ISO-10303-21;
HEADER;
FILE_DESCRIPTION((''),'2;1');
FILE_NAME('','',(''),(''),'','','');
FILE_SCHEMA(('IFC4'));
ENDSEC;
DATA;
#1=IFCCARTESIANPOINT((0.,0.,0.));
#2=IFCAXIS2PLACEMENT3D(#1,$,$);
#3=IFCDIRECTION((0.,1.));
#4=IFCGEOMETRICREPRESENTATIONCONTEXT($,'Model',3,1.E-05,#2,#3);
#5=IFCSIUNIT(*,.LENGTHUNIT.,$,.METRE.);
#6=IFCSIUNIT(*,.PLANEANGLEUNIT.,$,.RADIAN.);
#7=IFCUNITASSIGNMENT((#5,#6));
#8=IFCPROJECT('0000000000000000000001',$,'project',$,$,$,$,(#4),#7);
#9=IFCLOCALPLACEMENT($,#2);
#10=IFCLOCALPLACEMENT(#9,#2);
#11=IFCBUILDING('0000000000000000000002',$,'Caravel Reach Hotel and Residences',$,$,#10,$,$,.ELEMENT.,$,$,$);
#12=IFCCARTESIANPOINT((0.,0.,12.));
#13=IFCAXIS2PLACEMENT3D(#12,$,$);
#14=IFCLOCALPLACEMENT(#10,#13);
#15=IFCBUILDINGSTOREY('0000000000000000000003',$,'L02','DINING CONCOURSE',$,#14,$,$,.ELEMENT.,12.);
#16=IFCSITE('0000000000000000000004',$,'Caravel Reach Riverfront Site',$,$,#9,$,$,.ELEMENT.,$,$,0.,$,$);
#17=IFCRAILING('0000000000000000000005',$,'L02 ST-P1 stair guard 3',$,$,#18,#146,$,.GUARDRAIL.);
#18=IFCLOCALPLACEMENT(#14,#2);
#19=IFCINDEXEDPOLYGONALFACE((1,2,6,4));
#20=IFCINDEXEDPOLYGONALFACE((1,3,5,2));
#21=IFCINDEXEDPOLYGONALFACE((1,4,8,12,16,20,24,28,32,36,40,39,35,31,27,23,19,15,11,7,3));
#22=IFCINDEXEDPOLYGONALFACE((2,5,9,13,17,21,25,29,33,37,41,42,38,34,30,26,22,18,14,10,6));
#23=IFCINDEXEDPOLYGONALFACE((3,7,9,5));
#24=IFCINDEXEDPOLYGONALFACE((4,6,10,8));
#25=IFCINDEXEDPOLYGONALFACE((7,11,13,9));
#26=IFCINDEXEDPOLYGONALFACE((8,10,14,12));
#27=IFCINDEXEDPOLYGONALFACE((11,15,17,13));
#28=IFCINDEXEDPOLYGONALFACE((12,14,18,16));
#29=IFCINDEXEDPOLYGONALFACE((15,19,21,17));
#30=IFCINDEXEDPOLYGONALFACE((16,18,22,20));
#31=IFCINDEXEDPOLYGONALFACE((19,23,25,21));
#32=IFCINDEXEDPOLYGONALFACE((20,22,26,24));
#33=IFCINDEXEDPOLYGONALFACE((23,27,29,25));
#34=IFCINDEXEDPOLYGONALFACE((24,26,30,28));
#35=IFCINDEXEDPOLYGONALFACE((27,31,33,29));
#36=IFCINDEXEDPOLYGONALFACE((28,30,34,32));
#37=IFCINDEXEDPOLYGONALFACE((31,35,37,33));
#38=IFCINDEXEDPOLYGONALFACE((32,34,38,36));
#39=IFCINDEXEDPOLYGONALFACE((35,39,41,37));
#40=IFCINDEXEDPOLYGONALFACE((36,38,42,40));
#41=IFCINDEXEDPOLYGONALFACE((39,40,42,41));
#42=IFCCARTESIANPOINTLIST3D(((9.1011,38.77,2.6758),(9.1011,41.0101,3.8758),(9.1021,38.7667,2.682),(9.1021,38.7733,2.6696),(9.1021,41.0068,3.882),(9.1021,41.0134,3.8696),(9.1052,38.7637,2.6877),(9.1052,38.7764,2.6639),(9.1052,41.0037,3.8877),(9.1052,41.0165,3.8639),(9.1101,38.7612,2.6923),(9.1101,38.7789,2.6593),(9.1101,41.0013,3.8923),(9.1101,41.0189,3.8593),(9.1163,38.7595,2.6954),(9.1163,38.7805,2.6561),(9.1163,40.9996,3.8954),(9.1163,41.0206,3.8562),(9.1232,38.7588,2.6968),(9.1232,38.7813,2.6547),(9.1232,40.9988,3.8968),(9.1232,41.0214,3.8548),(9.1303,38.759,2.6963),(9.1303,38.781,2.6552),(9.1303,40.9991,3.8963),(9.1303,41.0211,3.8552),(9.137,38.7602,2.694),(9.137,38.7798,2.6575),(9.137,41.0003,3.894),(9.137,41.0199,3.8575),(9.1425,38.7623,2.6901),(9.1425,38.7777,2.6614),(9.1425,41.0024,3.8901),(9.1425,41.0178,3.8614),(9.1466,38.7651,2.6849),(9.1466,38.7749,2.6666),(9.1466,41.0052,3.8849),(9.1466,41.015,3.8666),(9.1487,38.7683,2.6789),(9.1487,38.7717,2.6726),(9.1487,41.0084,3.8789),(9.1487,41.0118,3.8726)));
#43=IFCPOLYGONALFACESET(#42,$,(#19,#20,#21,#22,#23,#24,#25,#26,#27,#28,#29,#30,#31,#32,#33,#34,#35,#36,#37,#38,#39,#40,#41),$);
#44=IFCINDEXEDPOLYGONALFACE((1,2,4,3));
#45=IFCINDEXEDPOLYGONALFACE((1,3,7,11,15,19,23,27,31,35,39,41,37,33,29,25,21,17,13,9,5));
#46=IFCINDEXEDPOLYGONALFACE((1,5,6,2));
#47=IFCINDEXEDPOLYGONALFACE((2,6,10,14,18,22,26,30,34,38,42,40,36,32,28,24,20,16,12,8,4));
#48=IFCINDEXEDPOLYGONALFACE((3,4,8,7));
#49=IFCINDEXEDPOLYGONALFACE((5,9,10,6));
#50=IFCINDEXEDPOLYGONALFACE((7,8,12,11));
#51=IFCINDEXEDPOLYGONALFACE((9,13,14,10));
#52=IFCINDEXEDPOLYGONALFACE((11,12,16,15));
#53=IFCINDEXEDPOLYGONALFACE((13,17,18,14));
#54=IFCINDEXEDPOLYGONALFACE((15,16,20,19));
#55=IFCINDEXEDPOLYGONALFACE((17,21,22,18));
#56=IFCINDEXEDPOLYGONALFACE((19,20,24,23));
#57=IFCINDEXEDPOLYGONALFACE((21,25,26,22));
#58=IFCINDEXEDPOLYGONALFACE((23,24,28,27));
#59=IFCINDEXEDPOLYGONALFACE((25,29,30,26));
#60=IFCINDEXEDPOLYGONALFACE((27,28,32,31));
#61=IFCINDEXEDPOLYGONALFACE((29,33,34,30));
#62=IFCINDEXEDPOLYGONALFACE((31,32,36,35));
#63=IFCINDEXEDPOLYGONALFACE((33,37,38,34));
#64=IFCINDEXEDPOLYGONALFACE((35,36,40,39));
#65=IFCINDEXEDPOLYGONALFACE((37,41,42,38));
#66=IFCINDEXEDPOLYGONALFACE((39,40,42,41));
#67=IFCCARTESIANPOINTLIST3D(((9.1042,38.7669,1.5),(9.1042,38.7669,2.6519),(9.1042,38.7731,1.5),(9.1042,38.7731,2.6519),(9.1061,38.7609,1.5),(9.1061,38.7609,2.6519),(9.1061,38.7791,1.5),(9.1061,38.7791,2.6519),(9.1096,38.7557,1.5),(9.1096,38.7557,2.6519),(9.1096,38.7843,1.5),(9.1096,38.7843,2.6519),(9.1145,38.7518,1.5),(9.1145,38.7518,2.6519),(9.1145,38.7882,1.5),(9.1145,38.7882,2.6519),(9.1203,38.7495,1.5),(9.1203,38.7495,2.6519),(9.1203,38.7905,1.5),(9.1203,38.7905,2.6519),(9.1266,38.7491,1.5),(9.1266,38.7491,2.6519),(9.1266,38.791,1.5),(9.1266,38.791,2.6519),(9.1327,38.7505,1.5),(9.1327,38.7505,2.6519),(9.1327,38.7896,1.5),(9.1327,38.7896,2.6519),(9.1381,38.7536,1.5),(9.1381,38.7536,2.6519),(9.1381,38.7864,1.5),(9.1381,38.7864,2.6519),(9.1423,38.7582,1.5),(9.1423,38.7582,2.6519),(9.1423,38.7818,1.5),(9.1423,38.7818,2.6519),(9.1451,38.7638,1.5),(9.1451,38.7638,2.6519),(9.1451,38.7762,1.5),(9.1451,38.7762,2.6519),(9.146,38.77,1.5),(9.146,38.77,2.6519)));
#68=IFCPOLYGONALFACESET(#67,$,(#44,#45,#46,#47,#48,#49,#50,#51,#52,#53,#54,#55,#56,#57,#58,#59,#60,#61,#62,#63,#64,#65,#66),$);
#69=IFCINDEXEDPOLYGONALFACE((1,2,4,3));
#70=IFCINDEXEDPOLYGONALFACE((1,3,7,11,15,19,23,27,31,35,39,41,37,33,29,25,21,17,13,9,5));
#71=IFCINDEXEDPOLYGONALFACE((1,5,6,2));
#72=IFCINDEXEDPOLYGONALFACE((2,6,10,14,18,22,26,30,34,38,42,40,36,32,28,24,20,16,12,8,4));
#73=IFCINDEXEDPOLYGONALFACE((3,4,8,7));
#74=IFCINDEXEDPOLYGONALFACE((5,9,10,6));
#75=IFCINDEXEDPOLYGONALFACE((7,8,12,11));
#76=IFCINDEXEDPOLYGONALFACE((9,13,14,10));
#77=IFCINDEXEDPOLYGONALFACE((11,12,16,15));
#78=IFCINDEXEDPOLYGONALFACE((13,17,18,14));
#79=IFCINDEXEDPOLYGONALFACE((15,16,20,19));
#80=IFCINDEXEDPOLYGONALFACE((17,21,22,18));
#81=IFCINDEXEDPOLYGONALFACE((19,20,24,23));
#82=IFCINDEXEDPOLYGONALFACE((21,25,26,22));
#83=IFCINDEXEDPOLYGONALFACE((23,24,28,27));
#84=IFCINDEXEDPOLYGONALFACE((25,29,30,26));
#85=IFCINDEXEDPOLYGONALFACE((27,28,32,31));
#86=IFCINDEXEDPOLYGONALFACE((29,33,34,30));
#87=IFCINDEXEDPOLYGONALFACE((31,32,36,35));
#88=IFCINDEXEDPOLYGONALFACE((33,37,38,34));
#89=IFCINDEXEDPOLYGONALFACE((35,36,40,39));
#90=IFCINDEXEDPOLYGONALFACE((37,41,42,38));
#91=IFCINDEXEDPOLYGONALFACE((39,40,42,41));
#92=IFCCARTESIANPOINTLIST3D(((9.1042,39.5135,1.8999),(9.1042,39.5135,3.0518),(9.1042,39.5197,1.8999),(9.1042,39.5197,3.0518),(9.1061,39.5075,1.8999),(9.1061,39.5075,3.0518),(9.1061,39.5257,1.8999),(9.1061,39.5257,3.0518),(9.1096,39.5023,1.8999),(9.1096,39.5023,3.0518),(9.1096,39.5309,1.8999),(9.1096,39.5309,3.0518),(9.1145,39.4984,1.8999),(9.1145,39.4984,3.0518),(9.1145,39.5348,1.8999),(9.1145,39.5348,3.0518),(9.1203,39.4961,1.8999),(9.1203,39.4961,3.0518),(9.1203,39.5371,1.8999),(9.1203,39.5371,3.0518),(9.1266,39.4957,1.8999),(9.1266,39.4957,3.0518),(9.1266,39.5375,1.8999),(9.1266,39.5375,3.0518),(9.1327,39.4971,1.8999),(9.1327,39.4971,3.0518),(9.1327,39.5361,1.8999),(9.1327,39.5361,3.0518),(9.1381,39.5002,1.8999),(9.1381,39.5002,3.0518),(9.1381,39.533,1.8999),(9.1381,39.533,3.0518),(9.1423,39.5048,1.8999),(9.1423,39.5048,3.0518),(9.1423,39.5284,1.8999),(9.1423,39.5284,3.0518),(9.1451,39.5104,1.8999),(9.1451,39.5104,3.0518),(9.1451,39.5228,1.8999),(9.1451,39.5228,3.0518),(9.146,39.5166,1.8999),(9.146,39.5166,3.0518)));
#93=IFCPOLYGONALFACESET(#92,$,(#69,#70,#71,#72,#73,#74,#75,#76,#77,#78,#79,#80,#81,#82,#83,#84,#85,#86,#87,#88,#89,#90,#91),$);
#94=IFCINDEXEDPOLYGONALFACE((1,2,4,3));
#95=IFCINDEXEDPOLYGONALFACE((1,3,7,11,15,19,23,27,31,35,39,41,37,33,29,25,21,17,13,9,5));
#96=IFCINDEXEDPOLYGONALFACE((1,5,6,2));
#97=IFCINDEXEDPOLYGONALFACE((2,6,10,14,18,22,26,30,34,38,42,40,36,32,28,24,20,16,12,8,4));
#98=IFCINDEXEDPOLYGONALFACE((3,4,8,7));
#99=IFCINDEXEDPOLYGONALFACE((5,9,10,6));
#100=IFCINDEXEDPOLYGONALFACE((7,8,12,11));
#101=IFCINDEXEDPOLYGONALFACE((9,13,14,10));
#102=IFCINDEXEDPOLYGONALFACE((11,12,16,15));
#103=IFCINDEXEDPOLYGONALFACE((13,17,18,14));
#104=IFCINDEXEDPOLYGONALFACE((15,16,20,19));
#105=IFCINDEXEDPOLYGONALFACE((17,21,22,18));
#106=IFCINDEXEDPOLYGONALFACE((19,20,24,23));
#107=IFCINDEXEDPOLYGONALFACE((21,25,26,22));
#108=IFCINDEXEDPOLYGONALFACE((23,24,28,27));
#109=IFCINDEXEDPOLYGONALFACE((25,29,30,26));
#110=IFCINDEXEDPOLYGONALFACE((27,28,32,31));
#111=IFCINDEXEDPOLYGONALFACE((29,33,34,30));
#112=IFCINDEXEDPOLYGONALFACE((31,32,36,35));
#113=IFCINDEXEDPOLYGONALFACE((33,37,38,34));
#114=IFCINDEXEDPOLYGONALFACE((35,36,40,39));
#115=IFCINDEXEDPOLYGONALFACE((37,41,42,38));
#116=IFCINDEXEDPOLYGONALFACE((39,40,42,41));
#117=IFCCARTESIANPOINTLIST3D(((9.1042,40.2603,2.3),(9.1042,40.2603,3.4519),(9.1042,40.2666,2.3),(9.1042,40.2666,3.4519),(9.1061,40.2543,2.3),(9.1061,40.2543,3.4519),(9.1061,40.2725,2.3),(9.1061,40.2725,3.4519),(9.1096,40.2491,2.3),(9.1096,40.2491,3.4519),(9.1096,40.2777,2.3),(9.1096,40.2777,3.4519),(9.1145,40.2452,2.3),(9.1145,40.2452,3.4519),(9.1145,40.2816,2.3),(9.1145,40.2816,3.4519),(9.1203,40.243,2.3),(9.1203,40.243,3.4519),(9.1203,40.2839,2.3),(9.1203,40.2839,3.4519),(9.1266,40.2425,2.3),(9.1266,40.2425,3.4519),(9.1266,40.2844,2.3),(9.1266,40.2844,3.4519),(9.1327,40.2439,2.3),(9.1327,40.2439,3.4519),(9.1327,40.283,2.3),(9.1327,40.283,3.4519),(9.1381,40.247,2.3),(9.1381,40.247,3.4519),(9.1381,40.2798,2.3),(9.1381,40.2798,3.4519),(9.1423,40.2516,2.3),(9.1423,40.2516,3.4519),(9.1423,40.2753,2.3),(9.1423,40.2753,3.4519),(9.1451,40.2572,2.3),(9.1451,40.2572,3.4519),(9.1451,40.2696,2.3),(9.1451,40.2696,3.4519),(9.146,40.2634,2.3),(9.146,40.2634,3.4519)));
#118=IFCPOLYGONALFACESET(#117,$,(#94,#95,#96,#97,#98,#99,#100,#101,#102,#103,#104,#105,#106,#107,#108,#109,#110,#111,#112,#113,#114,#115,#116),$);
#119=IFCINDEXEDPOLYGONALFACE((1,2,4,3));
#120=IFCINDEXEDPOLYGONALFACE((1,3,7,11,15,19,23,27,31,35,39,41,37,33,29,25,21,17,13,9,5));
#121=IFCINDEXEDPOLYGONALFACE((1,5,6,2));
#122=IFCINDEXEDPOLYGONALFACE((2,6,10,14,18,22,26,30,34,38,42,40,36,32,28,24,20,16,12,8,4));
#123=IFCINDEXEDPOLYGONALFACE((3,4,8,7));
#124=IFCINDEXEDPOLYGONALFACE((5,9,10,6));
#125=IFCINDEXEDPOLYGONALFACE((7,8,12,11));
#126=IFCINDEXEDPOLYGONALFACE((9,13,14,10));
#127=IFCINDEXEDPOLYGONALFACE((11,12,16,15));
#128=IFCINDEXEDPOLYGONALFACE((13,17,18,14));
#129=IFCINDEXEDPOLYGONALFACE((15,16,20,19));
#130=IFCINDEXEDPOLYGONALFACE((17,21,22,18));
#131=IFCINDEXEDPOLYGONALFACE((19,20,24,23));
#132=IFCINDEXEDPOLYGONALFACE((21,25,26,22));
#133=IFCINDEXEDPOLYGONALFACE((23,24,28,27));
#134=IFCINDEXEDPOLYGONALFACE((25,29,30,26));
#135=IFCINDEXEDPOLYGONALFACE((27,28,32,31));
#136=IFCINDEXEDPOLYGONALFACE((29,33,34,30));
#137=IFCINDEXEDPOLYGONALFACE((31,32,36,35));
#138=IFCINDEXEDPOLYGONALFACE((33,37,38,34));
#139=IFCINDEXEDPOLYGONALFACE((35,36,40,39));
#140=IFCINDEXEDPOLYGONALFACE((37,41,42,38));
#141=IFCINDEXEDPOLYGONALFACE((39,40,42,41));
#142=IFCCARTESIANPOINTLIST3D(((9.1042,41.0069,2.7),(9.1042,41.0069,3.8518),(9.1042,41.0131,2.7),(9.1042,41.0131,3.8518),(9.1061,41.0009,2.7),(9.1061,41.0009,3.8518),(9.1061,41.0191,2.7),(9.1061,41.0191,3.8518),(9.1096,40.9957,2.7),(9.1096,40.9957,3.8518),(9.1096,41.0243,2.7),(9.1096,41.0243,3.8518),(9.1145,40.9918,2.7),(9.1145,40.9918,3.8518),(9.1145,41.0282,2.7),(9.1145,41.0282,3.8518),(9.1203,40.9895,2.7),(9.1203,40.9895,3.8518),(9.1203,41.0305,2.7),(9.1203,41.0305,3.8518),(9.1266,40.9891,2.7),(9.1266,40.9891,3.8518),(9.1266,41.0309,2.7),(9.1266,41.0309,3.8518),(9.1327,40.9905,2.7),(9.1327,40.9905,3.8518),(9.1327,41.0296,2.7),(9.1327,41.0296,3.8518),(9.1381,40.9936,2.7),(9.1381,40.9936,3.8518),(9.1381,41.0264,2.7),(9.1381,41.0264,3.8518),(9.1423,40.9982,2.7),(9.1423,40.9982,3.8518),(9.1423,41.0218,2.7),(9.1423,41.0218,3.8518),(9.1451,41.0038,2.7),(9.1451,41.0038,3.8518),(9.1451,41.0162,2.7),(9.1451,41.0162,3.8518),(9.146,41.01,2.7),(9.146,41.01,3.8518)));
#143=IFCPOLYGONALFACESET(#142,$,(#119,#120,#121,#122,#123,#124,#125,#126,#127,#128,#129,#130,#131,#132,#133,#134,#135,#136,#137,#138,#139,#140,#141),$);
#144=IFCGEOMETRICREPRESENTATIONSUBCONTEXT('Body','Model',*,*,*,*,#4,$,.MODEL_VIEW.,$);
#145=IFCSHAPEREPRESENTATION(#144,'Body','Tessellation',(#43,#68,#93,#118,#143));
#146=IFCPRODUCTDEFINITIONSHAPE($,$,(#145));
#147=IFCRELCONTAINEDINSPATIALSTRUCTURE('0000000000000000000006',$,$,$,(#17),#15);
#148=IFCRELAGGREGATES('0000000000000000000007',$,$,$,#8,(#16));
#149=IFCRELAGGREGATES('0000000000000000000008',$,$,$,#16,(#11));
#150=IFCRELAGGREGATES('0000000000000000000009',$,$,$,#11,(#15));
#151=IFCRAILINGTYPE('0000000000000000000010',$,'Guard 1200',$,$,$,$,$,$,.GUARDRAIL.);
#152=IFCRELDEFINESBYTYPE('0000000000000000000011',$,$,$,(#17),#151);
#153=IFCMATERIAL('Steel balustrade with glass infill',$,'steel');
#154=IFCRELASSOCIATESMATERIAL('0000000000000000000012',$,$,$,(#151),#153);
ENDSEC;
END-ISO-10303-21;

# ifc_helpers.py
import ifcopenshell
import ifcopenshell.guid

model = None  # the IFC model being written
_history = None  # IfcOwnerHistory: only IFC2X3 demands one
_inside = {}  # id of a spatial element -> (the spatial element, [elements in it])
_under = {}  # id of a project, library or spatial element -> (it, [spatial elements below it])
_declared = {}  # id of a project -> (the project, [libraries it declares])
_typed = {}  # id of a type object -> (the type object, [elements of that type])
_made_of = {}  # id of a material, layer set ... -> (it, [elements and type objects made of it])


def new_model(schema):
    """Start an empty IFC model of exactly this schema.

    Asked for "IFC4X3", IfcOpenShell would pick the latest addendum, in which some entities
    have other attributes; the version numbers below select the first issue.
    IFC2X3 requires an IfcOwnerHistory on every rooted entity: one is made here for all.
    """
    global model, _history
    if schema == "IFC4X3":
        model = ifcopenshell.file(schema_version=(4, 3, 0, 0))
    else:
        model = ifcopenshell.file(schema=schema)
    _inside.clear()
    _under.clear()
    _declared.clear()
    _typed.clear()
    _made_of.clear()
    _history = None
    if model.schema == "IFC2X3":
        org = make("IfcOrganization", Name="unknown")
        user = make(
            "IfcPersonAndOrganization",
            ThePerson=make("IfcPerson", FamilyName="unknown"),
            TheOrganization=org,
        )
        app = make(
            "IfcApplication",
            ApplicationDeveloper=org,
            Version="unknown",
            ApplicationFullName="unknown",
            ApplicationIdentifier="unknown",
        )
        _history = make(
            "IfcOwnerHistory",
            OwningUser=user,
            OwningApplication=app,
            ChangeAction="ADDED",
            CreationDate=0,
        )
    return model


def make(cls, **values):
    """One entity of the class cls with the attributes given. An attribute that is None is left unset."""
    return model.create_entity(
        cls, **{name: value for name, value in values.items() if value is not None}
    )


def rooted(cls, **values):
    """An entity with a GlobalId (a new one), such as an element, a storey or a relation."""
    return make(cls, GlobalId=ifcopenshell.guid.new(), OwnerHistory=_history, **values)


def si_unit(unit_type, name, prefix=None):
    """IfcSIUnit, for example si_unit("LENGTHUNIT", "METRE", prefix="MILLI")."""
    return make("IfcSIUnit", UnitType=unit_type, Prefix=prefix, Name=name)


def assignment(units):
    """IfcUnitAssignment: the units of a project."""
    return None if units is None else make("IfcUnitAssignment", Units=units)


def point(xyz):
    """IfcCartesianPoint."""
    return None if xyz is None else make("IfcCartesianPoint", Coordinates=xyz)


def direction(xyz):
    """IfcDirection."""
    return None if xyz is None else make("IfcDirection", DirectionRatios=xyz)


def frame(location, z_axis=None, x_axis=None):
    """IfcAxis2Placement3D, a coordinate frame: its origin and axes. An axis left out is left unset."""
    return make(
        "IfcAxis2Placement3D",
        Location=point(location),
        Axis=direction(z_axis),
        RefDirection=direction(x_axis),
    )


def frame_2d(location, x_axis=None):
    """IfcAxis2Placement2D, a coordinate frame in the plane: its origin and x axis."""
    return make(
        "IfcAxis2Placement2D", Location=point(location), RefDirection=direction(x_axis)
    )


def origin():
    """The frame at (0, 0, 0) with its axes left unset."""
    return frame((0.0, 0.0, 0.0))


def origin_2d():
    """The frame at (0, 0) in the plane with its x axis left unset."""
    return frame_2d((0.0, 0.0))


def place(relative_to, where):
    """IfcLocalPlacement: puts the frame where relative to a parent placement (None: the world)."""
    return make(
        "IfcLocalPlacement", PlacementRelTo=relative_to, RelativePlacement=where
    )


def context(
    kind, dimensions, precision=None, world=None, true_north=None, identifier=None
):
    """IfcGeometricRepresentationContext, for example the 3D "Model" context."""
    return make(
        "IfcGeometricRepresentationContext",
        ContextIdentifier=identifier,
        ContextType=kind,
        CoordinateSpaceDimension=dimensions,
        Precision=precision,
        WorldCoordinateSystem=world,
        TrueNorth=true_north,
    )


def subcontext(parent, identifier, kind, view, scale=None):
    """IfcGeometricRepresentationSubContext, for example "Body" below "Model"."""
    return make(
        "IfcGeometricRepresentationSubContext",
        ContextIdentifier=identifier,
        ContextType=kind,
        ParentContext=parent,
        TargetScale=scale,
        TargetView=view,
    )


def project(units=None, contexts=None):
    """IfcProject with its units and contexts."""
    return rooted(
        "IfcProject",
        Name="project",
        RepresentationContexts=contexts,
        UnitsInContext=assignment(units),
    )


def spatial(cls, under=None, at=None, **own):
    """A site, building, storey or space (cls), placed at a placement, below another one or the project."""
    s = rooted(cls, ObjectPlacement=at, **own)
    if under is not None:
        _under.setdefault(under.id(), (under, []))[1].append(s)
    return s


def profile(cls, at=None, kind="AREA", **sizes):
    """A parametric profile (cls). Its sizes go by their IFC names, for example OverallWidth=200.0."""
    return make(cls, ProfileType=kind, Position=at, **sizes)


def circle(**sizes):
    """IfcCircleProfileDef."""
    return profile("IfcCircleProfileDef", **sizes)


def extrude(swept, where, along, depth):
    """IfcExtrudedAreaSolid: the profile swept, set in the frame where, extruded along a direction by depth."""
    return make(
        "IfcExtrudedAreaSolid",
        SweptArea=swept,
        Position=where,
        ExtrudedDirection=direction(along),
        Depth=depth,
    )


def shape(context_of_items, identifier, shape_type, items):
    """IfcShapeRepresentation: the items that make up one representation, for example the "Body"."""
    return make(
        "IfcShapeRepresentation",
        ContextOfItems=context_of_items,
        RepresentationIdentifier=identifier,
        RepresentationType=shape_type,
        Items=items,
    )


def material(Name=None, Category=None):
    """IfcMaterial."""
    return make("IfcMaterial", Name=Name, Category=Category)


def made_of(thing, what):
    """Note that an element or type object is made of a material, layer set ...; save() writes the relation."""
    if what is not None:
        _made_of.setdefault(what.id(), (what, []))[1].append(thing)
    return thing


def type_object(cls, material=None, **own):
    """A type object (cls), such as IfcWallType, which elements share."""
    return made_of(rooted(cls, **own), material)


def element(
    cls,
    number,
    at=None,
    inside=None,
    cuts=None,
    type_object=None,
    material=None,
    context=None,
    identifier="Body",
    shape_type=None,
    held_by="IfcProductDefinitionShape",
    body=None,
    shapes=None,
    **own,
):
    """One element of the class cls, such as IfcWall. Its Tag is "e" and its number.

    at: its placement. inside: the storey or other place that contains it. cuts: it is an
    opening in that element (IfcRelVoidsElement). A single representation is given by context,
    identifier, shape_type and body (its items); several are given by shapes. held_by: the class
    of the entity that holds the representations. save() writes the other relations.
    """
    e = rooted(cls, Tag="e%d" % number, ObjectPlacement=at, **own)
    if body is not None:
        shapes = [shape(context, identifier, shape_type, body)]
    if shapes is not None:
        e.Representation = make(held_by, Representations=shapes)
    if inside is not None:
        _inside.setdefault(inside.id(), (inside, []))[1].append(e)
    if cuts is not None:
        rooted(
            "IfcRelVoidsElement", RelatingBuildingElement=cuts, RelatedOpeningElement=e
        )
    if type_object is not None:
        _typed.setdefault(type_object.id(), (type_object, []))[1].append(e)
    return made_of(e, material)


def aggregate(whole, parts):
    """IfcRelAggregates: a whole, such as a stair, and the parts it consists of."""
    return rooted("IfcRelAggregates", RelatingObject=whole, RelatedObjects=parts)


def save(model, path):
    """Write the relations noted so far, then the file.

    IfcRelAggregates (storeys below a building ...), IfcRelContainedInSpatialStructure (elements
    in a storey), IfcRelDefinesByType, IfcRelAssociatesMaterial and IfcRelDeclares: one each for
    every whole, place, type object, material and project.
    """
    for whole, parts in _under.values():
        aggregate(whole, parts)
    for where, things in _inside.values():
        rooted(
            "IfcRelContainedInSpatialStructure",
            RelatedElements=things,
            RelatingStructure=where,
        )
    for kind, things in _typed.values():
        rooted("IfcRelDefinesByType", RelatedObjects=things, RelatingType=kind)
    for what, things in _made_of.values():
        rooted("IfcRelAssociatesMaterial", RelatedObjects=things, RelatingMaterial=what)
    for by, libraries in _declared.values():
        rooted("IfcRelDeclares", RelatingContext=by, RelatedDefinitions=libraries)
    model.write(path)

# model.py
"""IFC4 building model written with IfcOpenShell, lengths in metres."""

from ifc_helpers import new_model, si_unit, direction, frame, origin, origin_2d, place, context, subcontext, project, spatial, circle, extrude, material, type_object, element, save


model = new_model("IFC4")

# Units and contexts
model_context = context("Model", 3, precision=1e-05, world=origin(), true_north=direction((0.0, 1.0)))
body_context = subcontext(model_context, "Body", "Model", "MODEL_VIEW")
ifc_project = project(units=[si_unit("LENGTHUNIT", "METRE"), si_unit("PLANEANGLEUNIT", "RADIAN")], contexts=[model_context])

# Site, building, storey
site_placement = place(None, origin())
site = spatial("IfcSite", under=ifc_project, at=site_placement, Name="Caravel Reach Riverfront Site", CompositionType="ELEMENT", RefElevation=0.0)
building_placement = place(site_placement, origin())
building = spatial("IfcBuilding", under=site, at=building_placement, Name="Caravel Reach Hotel and Residences", CompositionType="ELEMENT")
storey_placement = place(building_placement, frame((0.0, 0.0, 12.0)))
storey = spatial("IfcBuildingStorey", under=building, at=storey_placement, Name="L02", Description="DINING CONCOURSE", CompositionType="ELEMENT", Elevation=12.0)

# Railing
ifc_material_1 = material(Name="Steel balustrade with glass infill", Category="steel")
railing_type_1 = type_object("IfcRailingType", Name="Guard 1200", PredefinedType="GUARDRAIL", material=ifc_material_1)
railing_1_placement = place(storey_placement, frame((9.125, 38.77, 1.5)))
element("IfcRailing", 1, at=railing_1_placement, inside=storey, type_object=railing_type_1, Name="L02 ST-P1 stair guard 3", PredefinedType="GUARDRAIL", context=body_context, shape_type="SweptSolid", body=[
    extrude(circle(Radius=0.0239, at=origin_2d()), frame((0.0, 0.0, 1.1758), z_axis=(0.0, 0.881487, 0.472208), x_axis=(-1.0, 0.0, 0.0)), (0.0, 0.0, 1.0), 2.5413),
    extrude(circle(Radius=0.021, at=origin_2d()), origin(), (0.0, 0.0, 1.0), 1.1519),
    extrude(circle(Radius=0.021, at=origin_2d()), frame((0.0, 0.7466, 0.3999)), (0.0, 0.0, 1.0), 1.1519),
    extrude(circle(Radius=0.021, at=origin_2d()), frame((0.0, 1.4934, 0.8)), (0.0, 0.0, 1.0), 1.1519),
    extrude(circle(Radius=0.021, at=origin_2d()), frame((0.0, 2.24, 1.2)), (0.0, 0.0, 1.0), 1.1519),
])

save(model, "model.ifc")
